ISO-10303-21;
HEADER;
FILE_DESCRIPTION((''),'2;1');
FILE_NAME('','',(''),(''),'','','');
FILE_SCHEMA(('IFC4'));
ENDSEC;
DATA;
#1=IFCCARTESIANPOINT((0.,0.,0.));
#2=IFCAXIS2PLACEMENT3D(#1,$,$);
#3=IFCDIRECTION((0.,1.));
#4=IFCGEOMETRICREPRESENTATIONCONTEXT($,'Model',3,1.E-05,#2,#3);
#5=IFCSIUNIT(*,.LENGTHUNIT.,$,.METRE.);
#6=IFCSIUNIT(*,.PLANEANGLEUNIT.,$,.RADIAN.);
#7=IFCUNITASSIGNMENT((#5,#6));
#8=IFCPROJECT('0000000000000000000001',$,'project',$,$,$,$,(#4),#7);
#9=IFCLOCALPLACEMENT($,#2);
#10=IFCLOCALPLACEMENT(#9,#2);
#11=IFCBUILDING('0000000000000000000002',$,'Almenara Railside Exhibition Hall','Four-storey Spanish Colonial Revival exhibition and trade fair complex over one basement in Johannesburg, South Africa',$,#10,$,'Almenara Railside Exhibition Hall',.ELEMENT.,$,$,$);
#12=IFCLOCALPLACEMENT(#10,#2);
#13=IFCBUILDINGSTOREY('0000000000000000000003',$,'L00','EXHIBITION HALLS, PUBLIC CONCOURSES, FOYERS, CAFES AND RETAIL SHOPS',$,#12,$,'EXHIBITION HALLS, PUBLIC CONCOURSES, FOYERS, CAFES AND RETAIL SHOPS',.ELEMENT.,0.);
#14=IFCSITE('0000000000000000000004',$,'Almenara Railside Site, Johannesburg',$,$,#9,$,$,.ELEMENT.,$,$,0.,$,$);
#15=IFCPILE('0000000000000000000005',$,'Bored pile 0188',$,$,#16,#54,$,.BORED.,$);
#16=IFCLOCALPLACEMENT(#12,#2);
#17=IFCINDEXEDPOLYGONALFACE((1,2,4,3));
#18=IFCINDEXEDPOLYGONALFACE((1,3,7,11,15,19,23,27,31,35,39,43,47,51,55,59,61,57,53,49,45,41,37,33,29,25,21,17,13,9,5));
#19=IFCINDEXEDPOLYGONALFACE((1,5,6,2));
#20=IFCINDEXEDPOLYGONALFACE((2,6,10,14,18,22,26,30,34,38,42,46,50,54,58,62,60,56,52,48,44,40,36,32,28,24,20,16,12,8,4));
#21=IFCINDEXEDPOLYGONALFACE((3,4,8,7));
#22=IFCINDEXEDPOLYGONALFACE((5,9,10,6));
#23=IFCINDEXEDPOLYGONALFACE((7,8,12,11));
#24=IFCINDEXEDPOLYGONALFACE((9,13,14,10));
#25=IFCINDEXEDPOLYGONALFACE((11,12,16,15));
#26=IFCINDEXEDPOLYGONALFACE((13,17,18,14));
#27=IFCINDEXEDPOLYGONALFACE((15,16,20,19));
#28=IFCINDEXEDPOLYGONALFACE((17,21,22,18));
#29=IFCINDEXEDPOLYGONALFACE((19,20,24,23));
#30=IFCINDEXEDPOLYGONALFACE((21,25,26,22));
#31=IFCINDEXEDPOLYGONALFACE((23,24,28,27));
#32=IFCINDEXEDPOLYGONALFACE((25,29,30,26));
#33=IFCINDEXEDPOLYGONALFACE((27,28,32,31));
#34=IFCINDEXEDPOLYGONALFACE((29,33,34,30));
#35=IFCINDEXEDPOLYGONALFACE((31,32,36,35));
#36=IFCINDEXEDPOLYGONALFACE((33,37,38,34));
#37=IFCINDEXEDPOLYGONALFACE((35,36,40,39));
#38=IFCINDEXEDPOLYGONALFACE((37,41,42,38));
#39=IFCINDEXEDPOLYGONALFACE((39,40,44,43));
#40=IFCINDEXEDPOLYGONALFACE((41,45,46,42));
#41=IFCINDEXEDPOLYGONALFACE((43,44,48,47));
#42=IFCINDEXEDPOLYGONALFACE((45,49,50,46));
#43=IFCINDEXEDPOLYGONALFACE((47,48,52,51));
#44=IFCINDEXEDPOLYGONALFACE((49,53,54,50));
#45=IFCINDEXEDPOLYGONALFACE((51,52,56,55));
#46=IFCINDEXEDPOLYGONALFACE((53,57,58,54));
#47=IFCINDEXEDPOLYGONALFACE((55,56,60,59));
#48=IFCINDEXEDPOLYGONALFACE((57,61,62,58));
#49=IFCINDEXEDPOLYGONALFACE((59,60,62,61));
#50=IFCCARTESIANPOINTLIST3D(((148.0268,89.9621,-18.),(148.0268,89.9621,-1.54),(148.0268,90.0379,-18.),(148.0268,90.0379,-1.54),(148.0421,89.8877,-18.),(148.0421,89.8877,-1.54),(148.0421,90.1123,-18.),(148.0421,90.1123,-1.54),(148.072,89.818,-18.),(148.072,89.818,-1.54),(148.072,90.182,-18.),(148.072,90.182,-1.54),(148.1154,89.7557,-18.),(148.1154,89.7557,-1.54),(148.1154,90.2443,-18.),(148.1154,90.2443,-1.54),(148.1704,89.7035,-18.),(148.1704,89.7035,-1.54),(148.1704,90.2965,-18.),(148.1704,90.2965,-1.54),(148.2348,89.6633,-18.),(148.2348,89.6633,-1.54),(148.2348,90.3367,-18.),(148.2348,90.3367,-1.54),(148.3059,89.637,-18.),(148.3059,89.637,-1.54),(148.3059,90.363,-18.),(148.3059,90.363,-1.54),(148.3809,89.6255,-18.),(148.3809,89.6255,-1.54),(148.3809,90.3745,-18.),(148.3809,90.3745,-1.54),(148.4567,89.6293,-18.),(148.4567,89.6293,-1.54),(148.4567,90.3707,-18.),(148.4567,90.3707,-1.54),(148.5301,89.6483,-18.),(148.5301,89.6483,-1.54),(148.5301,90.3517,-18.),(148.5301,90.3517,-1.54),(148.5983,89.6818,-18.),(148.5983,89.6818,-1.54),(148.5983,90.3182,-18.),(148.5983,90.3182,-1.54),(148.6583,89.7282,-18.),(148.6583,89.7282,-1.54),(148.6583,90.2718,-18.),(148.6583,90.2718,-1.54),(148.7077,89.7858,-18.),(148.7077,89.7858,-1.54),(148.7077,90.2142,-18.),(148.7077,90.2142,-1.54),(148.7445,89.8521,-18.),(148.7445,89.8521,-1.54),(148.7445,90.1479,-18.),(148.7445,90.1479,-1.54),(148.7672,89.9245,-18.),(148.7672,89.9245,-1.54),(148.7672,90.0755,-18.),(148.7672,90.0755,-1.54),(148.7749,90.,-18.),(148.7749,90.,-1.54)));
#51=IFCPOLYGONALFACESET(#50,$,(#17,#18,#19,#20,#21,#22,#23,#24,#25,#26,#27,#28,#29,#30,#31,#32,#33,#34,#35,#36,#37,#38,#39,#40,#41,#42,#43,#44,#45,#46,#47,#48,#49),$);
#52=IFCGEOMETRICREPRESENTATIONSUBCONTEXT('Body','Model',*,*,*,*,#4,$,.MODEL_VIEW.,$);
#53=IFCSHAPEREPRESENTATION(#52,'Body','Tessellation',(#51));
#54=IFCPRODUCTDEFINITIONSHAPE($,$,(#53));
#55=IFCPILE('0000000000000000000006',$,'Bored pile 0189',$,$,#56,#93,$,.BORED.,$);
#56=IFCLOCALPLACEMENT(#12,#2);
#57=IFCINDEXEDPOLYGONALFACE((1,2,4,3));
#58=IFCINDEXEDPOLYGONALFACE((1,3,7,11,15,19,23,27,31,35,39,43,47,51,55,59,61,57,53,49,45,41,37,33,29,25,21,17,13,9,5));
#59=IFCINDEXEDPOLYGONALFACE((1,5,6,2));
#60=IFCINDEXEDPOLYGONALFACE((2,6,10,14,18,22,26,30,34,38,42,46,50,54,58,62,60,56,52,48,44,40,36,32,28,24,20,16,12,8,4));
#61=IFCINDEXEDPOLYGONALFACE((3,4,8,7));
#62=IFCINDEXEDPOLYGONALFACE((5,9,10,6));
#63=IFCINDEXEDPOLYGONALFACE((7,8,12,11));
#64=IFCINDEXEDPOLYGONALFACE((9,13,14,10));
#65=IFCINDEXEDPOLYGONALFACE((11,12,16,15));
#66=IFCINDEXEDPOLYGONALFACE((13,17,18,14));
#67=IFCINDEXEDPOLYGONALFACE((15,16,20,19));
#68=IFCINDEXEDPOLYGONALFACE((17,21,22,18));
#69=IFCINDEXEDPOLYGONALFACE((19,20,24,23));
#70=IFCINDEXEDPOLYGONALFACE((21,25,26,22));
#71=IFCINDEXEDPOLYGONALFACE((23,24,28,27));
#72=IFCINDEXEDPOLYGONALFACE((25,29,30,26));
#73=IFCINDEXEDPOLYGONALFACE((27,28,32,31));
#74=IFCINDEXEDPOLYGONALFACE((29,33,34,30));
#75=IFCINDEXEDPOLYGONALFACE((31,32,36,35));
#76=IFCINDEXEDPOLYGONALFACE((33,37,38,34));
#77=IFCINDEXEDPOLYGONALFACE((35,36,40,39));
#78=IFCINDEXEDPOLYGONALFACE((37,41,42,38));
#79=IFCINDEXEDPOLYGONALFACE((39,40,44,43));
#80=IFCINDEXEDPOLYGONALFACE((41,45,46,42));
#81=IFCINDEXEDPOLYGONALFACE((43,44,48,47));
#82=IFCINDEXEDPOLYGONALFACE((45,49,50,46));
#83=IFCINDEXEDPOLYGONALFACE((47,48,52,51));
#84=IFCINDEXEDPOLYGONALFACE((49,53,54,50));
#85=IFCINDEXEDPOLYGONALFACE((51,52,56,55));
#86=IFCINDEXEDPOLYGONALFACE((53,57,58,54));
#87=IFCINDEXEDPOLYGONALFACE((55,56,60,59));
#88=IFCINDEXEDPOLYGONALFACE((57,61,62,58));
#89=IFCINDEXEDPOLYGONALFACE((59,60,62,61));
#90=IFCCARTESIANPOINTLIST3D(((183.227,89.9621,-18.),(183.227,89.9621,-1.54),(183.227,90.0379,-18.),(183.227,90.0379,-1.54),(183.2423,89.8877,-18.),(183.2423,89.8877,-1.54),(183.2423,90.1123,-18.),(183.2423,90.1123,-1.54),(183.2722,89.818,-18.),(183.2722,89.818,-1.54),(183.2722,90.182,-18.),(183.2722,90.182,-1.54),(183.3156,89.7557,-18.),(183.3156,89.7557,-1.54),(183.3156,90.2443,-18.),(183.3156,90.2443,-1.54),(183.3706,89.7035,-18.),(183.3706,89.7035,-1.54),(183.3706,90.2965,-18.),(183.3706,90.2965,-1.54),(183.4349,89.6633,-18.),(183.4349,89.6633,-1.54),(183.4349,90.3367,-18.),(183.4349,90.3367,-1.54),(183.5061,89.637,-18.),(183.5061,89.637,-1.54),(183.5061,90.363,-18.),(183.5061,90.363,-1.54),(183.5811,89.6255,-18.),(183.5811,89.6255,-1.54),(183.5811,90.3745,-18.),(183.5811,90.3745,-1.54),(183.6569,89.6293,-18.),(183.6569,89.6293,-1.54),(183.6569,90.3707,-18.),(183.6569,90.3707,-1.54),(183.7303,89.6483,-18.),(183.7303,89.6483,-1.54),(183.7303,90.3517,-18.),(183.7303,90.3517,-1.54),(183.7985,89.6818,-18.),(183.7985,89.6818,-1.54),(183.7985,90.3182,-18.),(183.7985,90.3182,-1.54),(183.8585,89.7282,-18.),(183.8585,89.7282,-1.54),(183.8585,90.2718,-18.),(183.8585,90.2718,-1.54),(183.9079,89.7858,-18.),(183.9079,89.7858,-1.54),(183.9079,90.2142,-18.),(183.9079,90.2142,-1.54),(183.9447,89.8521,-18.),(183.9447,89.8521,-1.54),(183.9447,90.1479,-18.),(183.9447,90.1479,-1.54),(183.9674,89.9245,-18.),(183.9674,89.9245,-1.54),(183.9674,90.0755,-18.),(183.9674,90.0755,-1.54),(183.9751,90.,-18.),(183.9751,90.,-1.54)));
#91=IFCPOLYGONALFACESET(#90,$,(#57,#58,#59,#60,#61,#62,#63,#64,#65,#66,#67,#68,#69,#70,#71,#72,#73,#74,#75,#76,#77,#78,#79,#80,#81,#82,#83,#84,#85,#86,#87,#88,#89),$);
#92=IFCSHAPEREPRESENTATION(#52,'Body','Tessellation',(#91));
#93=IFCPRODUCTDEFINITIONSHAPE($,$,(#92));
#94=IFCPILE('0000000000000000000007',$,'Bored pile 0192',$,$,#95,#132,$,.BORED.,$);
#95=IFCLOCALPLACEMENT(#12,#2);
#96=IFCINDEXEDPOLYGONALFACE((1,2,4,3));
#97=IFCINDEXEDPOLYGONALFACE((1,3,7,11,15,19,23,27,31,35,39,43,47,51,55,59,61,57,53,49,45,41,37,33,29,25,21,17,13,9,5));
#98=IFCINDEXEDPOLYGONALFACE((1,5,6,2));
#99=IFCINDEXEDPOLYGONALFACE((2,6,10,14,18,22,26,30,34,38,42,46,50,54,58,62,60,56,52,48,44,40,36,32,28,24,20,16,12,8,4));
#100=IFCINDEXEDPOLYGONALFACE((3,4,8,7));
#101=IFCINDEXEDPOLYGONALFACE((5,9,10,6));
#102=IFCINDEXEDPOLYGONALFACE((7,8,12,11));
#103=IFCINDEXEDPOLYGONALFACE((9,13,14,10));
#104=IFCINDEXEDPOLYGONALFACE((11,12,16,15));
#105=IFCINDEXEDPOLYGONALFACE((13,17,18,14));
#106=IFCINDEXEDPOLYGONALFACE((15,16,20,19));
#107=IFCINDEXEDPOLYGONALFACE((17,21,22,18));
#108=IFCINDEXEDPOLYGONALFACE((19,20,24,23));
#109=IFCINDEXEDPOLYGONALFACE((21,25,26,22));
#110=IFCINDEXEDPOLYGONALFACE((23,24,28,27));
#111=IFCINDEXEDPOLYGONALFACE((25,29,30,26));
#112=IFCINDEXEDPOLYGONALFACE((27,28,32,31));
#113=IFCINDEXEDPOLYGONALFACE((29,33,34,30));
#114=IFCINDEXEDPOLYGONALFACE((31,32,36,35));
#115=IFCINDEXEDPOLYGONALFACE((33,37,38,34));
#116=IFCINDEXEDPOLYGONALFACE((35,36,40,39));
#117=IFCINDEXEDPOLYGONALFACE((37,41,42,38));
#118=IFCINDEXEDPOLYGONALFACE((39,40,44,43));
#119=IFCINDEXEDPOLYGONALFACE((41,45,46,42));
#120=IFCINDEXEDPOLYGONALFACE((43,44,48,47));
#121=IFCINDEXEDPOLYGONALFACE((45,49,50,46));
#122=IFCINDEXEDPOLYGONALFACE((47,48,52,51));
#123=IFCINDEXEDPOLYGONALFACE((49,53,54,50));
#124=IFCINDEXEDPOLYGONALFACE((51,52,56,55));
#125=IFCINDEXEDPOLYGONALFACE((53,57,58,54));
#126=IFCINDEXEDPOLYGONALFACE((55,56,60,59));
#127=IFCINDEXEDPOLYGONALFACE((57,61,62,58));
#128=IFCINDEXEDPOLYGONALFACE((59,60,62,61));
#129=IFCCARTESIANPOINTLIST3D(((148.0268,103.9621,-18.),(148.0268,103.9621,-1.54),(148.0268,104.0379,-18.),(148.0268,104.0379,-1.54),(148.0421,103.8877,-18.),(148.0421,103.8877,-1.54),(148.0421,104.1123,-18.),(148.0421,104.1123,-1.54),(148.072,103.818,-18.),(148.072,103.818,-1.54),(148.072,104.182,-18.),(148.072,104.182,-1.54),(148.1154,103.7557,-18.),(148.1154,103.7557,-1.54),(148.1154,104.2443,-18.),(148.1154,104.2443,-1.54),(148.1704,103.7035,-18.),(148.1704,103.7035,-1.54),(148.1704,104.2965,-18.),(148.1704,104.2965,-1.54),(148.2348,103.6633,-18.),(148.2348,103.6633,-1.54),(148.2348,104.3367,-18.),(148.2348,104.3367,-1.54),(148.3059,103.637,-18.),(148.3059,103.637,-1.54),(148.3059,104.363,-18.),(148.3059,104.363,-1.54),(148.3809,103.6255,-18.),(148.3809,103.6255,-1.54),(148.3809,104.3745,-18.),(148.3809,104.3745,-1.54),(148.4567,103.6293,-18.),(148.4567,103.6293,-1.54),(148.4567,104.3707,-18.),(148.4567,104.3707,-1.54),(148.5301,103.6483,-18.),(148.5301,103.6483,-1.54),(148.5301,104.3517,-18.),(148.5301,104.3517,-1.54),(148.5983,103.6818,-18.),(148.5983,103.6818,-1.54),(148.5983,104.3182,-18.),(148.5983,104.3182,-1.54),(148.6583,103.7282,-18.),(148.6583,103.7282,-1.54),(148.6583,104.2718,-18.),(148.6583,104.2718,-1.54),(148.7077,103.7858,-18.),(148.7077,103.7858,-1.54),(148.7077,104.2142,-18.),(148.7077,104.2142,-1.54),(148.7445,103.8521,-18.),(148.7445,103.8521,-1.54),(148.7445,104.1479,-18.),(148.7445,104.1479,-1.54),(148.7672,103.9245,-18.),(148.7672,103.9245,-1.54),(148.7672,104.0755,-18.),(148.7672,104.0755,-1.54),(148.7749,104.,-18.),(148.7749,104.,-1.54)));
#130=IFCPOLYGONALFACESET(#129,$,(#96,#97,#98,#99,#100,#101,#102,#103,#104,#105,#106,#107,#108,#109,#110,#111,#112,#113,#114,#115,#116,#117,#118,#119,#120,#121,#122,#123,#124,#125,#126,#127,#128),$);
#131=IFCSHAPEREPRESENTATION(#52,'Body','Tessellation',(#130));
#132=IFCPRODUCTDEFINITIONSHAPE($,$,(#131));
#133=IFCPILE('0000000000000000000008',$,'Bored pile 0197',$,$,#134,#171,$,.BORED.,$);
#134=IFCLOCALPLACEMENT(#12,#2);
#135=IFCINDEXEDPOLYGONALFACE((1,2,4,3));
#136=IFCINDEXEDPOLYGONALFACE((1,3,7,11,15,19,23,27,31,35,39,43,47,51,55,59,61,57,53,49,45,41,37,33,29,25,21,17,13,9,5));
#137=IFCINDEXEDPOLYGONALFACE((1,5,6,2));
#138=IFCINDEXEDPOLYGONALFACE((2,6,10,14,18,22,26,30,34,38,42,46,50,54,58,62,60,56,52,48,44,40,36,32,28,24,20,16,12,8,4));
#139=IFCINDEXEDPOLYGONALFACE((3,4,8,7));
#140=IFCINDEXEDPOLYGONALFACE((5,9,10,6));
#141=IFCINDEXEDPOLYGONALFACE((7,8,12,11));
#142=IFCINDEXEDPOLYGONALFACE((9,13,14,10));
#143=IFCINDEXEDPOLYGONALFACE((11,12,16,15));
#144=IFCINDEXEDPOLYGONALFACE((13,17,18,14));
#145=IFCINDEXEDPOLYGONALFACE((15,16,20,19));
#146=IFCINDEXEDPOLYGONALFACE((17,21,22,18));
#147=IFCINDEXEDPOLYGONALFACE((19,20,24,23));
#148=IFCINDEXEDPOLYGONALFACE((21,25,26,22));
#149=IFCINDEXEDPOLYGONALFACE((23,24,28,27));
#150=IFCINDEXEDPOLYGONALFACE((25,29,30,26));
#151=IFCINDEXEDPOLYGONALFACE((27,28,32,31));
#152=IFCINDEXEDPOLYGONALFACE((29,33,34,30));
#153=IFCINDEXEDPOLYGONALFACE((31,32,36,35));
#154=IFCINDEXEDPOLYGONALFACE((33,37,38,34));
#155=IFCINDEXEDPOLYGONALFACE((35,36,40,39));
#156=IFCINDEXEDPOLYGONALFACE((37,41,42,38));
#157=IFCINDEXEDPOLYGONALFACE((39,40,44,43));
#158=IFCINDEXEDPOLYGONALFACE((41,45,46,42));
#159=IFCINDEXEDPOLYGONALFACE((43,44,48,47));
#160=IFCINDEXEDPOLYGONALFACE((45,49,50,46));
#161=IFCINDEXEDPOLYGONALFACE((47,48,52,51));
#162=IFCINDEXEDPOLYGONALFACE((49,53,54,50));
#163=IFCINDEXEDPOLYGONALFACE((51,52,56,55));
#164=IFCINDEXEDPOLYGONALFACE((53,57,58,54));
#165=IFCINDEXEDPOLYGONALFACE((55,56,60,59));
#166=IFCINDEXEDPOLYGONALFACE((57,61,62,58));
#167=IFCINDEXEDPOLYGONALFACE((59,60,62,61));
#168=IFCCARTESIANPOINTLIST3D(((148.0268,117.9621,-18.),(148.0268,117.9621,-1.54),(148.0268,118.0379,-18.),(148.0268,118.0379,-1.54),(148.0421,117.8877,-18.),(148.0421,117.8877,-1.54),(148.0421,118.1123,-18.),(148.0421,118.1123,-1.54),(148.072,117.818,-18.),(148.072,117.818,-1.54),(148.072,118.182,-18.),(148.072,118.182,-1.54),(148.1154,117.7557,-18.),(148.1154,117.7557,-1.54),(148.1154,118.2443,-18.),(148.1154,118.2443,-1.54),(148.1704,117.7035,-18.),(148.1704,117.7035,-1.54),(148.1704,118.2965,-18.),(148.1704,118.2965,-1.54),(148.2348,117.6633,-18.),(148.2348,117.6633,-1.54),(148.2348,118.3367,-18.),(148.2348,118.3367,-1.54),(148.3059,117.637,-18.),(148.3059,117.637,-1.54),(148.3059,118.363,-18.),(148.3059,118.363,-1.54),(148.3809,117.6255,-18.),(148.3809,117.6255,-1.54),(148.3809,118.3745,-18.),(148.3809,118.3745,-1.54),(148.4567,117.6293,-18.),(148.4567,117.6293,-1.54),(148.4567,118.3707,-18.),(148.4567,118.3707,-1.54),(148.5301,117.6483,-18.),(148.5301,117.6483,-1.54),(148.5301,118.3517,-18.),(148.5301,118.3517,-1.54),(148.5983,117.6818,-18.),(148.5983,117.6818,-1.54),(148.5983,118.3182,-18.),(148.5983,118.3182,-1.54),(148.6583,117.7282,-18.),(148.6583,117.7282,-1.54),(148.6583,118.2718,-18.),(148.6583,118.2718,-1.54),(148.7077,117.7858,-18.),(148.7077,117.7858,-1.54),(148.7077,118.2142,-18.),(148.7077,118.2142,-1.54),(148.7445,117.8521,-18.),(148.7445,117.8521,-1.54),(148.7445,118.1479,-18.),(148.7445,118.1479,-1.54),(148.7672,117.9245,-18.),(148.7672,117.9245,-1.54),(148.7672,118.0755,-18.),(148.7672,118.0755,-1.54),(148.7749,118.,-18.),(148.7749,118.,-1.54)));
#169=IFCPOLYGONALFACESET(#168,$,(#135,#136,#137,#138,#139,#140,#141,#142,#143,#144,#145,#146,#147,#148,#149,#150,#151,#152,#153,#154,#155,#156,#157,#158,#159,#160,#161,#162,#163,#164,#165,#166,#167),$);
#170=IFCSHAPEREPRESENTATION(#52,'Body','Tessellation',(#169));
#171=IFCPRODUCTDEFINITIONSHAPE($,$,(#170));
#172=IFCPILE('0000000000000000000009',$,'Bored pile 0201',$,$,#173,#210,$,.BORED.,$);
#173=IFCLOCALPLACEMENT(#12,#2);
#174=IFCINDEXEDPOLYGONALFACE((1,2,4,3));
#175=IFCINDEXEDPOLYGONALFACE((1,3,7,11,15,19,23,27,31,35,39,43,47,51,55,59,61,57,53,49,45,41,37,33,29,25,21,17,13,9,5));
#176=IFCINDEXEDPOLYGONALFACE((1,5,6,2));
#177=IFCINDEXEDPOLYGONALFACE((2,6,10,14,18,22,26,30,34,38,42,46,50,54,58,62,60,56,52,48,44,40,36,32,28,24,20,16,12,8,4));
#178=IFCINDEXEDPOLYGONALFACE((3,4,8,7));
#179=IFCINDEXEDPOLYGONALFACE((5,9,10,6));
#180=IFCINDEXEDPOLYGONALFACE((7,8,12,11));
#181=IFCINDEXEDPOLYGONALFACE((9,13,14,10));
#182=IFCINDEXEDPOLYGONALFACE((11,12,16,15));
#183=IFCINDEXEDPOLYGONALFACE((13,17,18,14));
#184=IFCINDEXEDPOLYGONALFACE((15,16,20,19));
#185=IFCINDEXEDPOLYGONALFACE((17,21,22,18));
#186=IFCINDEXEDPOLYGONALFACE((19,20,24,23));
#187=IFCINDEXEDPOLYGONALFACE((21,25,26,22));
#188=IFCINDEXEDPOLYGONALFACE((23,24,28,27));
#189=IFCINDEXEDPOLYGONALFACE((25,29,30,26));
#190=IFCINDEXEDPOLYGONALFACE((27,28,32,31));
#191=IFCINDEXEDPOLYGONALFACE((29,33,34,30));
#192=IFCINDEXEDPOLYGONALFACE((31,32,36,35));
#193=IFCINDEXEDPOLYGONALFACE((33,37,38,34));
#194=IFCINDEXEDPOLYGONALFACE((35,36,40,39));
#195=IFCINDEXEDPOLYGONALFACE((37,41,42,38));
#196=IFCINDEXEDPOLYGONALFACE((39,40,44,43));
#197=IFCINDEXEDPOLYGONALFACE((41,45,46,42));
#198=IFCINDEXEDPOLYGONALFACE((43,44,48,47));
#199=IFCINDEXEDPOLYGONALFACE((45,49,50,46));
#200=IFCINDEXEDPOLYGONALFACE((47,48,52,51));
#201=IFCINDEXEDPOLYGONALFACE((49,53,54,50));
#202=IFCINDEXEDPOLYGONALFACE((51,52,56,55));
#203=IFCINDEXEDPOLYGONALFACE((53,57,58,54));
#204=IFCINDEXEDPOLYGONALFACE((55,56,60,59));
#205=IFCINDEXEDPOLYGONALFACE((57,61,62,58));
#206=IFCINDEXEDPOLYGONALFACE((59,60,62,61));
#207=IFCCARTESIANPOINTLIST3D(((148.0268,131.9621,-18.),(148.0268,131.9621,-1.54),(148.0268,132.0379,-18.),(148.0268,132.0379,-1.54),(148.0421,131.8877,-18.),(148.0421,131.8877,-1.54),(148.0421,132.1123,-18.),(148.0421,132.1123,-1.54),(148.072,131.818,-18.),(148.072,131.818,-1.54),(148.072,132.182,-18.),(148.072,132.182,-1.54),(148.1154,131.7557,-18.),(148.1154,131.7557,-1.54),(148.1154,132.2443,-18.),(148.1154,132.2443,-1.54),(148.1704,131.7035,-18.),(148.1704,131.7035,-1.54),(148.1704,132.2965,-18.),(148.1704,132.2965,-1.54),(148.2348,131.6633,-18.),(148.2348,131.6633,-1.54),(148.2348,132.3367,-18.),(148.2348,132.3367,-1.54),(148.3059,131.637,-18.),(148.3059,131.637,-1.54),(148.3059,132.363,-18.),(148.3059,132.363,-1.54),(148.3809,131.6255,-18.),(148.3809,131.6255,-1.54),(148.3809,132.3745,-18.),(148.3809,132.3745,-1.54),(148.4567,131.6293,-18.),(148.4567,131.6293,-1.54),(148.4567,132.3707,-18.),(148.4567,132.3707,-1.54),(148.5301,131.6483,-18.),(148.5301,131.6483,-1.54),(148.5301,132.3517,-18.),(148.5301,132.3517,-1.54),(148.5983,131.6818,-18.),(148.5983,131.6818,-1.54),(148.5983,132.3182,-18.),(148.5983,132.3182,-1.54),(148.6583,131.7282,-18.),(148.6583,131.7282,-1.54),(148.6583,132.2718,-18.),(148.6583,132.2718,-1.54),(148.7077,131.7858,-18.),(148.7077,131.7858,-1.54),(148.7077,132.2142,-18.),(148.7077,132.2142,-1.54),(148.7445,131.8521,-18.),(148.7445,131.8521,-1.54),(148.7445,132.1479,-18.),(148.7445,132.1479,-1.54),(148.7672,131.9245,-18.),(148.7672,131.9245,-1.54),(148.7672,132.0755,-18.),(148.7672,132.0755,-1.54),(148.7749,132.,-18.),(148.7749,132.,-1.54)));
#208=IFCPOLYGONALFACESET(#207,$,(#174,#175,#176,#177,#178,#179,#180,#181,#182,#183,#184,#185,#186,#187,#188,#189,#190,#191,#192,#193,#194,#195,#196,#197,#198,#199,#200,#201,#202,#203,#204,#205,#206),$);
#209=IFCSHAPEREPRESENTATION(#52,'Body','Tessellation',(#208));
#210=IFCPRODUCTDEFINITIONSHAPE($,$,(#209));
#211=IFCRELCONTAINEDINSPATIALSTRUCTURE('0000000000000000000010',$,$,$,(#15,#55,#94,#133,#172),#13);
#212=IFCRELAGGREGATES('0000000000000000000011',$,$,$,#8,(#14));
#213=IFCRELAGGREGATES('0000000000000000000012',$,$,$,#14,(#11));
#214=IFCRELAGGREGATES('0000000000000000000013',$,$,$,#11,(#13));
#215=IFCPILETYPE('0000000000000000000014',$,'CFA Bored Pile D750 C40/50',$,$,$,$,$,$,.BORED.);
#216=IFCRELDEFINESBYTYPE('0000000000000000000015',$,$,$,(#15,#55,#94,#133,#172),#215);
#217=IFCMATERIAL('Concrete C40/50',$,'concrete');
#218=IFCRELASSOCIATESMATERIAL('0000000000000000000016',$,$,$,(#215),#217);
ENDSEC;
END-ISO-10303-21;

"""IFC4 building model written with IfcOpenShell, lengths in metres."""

from ifc_helpers import new_model, si_unit, direction, frame, origin, origin_2d, place, context, subcontext, project, spatial, circle, extrude, material, material_profile, profile_set, type_object, element, save


model = new_model("IFC4")

# Units and contexts
model_context = context("Model", 3, precision=1e-05, world=origin(), true_north=direction((0.0, 1.0)))
body_context = subcontext(model_context, "Body", "Model", "MODEL_VIEW")
ifc_project = project(units=[si_unit("LENGTHUNIT", "METRE"), si_unit("PLANEANGLEUNIT", "RADIAN")], contexts=[model_context])

# Site, building, storey
site_placement = place(None, origin())
site = spatial("IfcSite", under=ifc_project, at=site_placement, Name="Almenara Railside Site, Johannesburg", CompositionType="ELEMENT", RefElevation=0.0)
building_placement = place(site_placement, origin())
building = spatial("IfcBuilding", under=site, at=building_placement, Name="Almenara Railside Exhibition Hall", Description="Four-storey Spanish Colonial Revival exhibition and trade fair complex over one basement in Johannesburg, South Africa", LongName="Almenara Railside Exhibition Hall", CompositionType="ELEMENT")
storey_placement = place(building_placement, origin())
storey = spatial("IfcBuildingStorey", under=building, at=storey_placement, Name="L00", Description="EXHIBITION HALLS, PUBLIC CONCOURSES, FOYERS, CAFES AND RETAIL SHOPS", LongName="EXHIBITION HALLS, PUBLIC CONCOURSES, FOYERS, CAFES AND RETAIL SHOPS", CompositionType="ELEMENT", Elevation=0.0)

# Piles
ifc_material_1 = material(Name="Concrete C40/50", Category="concrete")
ifc_material_profile_1 = material_profile(ifc_material_1, circle(Radius=0.375, at=origin_2d()), Name="CFA-PILE D750")
ifc_profile_set_1 = profile_set([ifc_material_profile_1], Name="Concrete C40/50")
pile_type = type_object("IfcPileType", Name="CFA Bored Pile D750 C40/50", PredefinedType="BORED", material=ifc_profile_set_1)
for number, where, z_axis, x_axis, name in (
    (1, (148.3999, 90.0, -1.54), (0.0, 0.0, -1.0), (1.0, 0.0, 0.0), "Bored pile 0188"),
    (2, (183.6001, 90.0, -1.54), (0.0, 0.0, -1.0), (1.0, 0.0, 0.0), "Bored pile 0189"),
    (3, (148.3999, 104.0, -1.54), (0.0, 0.0, -1.0), (1.0, 0.0, 0.0), "Bored pile 0192"),
    (4, (148.3999, 118.0, -1.54), (0.0, 0.0, -1.0), (1.0, 0.0, 0.0), "Bored pile 0197"),
    (5, (148.3999, 132.0, -1.54), (0.0, 0.0, -1.0), (1.0, 0.0, 0.0), "Bored pile 0201"),
):
    element("IfcPile", number, at=place(storey_placement, frame(where, z_axis=z_axis, x_axis=x_axis)), inside=storey, type_object=pile_type, Name=name, PredefinedType="BORED", context=body_context, shape_type="SweptSolid", body=[
        extrude(circle(Radius=0.375, at=origin_2d()), origin(), (0.0, 0.0, 1.0), 16.46),
    ])

save(model, "model.ifc")
